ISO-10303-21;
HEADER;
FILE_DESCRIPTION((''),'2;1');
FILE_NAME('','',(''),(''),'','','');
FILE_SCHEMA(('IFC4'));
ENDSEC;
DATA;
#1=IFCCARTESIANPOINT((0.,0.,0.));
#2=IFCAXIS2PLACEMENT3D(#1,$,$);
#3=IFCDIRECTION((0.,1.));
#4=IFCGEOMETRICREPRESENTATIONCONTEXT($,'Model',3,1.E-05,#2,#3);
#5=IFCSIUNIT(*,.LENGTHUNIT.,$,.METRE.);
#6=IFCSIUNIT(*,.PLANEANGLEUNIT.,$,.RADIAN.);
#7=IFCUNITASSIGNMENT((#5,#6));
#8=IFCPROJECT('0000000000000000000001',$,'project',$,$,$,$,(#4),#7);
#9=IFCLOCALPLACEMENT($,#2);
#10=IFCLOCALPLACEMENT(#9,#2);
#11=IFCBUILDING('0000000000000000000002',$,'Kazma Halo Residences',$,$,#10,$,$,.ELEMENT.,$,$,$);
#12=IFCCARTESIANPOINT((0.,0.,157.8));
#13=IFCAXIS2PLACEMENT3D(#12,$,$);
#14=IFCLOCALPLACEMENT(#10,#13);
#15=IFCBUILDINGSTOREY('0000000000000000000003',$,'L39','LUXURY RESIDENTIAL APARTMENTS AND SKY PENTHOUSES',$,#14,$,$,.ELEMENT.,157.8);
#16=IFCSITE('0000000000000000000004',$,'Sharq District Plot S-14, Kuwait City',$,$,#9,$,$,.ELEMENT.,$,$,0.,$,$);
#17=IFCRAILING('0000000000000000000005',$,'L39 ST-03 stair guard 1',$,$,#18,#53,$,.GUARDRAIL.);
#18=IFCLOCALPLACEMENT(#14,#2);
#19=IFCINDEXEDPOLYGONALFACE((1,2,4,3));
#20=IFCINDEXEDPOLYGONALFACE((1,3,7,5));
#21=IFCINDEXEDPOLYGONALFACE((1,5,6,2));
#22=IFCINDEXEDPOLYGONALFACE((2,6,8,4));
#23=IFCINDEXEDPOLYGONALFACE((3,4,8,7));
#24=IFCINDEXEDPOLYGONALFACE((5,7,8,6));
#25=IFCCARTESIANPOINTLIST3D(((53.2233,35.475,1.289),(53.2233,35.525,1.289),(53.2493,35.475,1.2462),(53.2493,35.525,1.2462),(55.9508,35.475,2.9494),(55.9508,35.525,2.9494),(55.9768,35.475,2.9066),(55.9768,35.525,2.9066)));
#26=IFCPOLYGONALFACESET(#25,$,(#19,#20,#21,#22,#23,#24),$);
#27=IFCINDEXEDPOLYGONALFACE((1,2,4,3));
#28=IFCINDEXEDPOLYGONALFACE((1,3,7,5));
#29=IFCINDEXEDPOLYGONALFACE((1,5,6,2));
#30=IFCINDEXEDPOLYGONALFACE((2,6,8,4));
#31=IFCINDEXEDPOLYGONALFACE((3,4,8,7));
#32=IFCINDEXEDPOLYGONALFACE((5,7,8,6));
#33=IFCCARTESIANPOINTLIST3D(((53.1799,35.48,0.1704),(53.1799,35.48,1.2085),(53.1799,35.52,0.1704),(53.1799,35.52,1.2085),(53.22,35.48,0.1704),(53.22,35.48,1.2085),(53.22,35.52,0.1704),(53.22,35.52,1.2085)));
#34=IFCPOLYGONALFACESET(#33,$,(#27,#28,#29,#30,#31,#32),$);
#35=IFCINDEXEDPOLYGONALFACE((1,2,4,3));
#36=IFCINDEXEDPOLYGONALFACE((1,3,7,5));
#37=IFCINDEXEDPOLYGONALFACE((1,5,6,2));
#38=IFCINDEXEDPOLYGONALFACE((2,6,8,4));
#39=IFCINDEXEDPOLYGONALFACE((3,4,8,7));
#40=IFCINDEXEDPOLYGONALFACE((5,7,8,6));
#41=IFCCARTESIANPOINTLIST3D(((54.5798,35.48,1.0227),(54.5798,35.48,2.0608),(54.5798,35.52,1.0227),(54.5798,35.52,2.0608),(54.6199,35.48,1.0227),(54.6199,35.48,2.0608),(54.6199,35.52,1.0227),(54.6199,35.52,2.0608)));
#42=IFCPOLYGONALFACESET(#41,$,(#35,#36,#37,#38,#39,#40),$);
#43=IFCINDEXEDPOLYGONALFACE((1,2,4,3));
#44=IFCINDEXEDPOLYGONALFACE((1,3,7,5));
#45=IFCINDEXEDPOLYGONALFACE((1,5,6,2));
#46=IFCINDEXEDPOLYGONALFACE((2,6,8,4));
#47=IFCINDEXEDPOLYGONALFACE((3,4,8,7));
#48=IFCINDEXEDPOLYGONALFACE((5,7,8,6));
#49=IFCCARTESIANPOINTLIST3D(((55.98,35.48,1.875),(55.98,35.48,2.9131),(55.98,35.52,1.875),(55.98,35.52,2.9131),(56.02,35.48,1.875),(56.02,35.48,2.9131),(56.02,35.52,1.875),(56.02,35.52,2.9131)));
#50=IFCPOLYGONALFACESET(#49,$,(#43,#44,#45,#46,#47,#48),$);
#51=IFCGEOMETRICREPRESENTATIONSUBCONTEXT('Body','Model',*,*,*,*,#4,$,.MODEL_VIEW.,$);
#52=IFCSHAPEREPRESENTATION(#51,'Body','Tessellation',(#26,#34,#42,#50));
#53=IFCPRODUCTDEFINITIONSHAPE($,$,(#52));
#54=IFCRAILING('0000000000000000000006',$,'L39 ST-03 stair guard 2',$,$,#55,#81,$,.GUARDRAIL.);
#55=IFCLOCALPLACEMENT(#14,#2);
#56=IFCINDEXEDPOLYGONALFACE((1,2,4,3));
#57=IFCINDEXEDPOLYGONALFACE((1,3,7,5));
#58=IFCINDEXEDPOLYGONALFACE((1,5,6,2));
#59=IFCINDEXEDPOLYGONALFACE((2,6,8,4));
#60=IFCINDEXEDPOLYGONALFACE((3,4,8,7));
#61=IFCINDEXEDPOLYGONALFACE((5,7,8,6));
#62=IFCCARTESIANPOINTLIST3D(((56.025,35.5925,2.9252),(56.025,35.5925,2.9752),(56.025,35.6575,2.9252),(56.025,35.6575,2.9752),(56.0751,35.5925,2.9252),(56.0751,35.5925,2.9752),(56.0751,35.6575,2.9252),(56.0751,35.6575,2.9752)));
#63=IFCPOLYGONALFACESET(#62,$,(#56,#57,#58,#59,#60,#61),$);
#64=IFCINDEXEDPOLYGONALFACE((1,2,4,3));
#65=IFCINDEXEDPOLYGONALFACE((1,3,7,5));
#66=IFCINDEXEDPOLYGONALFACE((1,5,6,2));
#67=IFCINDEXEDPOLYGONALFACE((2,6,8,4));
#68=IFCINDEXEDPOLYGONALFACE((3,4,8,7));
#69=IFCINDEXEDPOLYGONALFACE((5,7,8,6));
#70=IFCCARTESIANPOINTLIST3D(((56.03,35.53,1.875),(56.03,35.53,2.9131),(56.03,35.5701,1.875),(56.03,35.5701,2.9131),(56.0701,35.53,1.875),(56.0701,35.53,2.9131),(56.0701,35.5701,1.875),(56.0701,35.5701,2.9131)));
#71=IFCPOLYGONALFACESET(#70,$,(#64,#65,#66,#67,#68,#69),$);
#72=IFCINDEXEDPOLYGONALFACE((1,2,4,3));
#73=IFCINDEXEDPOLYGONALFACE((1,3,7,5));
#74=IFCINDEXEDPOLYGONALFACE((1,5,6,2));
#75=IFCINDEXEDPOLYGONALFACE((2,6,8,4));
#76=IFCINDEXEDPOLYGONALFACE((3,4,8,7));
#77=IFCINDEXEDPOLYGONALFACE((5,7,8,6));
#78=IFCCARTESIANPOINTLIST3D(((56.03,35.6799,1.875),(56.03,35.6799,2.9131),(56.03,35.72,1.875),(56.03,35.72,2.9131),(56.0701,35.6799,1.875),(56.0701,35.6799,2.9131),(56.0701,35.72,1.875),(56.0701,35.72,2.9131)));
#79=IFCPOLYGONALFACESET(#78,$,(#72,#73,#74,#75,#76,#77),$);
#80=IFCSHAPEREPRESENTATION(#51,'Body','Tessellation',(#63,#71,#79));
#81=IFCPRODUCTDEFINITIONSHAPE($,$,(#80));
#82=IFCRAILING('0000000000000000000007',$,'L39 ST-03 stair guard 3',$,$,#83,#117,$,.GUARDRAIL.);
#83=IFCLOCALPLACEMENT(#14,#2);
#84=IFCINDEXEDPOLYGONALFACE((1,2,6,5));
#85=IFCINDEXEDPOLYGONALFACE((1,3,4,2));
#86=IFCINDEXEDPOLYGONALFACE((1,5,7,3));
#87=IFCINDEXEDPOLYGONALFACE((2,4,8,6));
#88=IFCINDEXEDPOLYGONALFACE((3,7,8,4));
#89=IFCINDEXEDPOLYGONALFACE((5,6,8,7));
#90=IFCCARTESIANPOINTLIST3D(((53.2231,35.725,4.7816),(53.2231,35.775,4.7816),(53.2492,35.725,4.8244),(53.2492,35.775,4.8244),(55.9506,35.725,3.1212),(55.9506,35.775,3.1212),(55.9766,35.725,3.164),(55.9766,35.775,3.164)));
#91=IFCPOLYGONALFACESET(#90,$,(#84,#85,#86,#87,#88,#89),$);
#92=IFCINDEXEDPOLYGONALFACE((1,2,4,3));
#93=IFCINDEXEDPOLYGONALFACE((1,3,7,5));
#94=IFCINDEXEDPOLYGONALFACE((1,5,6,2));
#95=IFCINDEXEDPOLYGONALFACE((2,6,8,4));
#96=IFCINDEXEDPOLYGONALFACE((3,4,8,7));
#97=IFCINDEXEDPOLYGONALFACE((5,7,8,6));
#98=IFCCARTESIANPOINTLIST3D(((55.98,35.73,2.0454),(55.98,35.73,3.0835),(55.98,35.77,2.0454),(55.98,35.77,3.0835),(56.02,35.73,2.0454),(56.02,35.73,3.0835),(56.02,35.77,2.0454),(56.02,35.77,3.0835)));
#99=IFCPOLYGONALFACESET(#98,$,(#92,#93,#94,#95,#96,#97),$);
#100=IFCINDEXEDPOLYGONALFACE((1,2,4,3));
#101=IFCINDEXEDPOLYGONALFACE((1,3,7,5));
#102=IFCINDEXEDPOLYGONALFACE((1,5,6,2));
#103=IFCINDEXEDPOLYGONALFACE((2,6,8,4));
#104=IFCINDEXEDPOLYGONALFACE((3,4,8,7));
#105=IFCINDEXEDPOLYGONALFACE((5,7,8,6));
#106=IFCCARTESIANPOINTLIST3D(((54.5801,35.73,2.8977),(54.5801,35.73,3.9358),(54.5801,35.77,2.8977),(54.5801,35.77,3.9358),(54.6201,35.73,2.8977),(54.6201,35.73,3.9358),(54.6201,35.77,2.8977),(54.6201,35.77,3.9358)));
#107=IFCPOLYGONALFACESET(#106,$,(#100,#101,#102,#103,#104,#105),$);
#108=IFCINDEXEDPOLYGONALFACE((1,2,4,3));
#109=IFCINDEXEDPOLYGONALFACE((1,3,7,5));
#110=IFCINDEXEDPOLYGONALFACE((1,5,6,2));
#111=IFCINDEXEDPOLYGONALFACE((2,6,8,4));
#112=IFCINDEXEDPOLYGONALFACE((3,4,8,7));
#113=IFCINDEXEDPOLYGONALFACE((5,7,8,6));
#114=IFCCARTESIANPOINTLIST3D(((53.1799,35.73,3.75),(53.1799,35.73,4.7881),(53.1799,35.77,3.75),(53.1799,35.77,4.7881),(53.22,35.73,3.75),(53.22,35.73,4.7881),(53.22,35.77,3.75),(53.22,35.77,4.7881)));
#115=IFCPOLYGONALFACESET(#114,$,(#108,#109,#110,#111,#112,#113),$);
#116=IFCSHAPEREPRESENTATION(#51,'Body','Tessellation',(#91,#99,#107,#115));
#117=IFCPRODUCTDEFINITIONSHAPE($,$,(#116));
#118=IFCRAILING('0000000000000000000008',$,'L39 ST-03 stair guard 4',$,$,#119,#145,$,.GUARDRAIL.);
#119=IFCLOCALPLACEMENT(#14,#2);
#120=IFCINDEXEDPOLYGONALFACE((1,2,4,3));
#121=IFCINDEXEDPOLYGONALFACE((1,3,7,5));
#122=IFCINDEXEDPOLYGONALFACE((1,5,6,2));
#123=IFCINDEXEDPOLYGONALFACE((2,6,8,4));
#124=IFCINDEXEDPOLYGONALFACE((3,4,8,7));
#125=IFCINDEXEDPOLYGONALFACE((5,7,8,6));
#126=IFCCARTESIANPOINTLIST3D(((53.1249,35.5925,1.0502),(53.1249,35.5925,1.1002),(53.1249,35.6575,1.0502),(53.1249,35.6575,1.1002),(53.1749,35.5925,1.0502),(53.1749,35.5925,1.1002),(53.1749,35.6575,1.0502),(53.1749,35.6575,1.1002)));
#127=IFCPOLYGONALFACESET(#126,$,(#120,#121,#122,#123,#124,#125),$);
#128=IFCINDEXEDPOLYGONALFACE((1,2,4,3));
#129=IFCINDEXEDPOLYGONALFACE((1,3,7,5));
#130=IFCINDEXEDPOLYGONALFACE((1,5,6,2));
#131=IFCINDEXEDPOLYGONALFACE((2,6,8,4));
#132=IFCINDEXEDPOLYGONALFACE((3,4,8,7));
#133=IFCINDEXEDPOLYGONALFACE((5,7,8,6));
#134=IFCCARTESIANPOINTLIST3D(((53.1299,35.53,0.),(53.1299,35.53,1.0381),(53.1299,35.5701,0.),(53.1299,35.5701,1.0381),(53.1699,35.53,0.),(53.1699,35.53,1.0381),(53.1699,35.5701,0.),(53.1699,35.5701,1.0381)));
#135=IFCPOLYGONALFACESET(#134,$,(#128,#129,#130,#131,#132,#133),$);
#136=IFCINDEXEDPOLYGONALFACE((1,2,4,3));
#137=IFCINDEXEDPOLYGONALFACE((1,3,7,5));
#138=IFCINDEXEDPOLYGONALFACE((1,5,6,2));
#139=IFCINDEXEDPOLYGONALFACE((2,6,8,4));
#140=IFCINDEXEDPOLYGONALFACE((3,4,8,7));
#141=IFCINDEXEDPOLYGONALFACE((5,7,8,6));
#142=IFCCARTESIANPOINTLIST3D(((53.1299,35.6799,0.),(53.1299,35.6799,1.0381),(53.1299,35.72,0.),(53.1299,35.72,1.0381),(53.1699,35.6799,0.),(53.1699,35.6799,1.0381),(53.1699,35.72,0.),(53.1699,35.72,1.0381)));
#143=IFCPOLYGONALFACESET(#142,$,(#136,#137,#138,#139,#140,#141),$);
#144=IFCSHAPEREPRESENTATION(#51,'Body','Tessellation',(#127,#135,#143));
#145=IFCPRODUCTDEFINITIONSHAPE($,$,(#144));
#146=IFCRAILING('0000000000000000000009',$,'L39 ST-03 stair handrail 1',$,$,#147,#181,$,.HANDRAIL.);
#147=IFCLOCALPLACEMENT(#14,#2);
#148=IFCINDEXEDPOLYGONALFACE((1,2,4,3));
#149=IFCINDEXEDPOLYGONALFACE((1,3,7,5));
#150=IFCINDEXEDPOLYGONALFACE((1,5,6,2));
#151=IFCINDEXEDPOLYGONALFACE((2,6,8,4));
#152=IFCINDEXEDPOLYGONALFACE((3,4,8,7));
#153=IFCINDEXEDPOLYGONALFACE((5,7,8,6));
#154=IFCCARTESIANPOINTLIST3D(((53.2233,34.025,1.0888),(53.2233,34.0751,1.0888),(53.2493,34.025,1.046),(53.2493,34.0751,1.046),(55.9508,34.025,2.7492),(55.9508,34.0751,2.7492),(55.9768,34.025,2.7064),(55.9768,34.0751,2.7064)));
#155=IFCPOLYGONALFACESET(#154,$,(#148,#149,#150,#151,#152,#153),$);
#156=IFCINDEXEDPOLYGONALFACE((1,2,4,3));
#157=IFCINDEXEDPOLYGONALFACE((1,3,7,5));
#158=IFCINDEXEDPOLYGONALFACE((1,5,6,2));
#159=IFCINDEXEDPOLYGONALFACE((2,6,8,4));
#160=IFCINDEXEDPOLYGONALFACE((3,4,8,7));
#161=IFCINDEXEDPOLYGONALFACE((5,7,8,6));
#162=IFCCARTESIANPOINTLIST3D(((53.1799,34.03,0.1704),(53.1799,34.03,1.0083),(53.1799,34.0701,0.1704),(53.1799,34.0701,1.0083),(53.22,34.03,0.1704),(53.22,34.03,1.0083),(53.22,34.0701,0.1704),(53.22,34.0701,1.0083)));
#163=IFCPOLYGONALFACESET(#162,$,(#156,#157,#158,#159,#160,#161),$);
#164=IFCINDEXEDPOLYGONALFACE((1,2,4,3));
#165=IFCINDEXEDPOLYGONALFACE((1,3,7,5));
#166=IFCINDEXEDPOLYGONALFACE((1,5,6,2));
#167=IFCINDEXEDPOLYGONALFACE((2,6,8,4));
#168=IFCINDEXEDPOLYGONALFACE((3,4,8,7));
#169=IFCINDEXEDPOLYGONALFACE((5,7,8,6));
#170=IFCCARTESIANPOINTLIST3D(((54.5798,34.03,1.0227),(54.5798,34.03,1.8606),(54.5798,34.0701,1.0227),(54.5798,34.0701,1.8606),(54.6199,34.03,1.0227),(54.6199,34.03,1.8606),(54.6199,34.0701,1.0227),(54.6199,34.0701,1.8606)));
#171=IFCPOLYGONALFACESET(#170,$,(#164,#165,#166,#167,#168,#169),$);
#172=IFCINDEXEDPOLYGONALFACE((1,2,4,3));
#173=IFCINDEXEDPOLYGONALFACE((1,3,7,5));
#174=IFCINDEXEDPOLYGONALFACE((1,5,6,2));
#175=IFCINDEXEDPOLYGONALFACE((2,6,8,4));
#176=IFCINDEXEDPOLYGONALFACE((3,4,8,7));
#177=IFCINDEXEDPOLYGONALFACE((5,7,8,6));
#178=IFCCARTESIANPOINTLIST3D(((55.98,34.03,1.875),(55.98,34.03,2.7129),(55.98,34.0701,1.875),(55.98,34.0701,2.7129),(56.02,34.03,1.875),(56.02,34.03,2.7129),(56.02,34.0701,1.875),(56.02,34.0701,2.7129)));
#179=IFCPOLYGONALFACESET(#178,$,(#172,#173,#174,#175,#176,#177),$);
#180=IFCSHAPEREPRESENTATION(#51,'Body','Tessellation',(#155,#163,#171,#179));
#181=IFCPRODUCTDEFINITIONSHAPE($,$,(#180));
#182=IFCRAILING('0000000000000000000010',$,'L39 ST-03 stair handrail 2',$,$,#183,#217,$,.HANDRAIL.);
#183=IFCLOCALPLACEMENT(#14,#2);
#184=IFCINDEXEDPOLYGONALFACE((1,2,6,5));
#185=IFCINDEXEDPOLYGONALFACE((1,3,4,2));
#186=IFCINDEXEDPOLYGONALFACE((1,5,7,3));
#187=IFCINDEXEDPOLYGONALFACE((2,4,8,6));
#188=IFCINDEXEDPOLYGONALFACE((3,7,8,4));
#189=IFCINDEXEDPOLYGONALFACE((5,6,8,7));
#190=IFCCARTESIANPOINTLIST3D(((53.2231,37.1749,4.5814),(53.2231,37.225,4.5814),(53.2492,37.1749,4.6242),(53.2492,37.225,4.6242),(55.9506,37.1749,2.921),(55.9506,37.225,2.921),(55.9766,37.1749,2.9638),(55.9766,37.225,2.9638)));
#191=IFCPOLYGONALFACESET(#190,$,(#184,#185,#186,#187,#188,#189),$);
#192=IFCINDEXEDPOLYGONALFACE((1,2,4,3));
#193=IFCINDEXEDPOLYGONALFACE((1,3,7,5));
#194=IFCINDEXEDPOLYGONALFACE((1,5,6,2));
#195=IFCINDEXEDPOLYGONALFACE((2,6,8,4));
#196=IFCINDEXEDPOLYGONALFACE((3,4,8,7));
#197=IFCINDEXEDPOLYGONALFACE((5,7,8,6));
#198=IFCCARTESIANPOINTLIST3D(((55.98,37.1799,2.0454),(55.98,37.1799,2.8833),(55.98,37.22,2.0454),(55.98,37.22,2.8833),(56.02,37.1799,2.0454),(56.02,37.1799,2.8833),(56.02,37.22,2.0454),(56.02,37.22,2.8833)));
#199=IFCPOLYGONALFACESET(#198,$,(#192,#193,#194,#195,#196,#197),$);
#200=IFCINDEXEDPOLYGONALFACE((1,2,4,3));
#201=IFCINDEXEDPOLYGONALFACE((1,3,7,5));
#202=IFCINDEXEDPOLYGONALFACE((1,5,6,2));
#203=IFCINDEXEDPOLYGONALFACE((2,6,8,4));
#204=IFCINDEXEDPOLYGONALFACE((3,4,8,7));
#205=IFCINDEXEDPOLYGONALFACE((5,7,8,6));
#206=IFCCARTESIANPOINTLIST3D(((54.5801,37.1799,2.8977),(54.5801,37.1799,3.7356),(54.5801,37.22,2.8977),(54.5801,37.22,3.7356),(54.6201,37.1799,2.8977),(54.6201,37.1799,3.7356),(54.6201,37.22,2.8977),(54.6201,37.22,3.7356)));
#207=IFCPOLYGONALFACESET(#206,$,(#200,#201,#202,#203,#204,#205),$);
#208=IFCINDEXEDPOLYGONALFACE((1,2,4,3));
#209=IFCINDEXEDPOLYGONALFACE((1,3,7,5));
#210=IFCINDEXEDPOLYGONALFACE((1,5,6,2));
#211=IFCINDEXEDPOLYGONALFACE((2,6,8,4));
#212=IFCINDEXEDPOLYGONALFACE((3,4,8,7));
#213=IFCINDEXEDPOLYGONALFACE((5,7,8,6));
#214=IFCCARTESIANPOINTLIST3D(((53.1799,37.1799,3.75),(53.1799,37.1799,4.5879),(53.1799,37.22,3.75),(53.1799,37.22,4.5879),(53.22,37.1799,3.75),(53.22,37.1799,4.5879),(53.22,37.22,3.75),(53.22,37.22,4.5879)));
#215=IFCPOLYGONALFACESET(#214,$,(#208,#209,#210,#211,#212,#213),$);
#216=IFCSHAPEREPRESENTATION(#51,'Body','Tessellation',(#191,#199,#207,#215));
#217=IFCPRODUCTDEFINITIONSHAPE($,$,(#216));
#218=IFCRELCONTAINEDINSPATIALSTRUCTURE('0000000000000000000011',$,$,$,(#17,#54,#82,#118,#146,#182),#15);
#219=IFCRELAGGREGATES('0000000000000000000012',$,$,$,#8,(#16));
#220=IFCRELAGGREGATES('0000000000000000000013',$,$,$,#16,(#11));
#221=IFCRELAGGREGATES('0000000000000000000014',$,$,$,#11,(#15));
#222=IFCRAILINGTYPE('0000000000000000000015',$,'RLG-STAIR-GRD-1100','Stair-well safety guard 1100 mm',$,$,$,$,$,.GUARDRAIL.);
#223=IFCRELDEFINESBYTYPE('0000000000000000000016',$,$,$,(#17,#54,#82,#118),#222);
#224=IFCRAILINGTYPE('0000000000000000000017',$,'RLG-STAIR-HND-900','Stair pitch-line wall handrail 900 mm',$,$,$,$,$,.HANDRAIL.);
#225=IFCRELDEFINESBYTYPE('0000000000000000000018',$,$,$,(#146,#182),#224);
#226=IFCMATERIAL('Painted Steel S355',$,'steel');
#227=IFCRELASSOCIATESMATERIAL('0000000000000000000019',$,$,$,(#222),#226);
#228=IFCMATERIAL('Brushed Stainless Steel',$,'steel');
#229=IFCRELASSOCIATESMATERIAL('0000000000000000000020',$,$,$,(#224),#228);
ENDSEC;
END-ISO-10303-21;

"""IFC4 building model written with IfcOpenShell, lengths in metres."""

from ifc_helpers import new_model, si_unit, direction, frame, origin, origin_2d, place, context, subcontext, project, spatial, rectangle, extrude, material, type_object, element, save


model = new_model("IFC4")

# Units and contexts
model_context = context("Model", 3, precision=1e-05, world=origin(), true_north=direction((0.0, 1.0)))
body_context = subcontext(model_context, "Body", "Model", "MODEL_VIEW")
ifc_project = project(units=[si_unit("LENGTHUNIT", "METRE"), si_unit("PLANEANGLEUNIT", "RADIAN")], contexts=[model_context])

# Site, building, storey
site_placement = place(None, origin())
site = spatial("IfcSite", under=ifc_project, at=site_placement, Name="Sharq District Plot S-14, Kuwait City", CompositionType="ELEMENT", RefElevation=0.0)
building_placement = place(site_placement, origin())
building = spatial("IfcBuilding", under=site, at=building_placement, Name="Kazma Halo Residences", CompositionType="ELEMENT")
storey_placement = place(building_placement, frame((0.0, 0.0, 157.8)))
storey = spatial("IfcBuildingStorey", under=building, at=storey_placement, Name="L39", Description="LUXURY RESIDENTIAL APARTMENTS AND SKY PENTHOUSES", CompositionType="ELEMENT", Elevation=157.8)

# Railings
ifc_material_1 = material(Name="Painted Steel S355", Category="steel")
railing_type_1 = type_object("IfcRailingType", Name="RLG-STAIR-GRD-1100", Description="Stair-well safety guard 1100 mm", PredefinedType="GUARDRAIL", material=ifc_material_1)
railing_1_placement = place(storey_placement, frame((53.2, 35.5, 0.1704)))
element("IfcRailing", 1, at=railing_1_placement, inside=storey, type_object=railing_type_1, Name="L39 ST-03 stair guard 1", PredefinedType="GUARDRAIL", context=body_context, shape_type="SweptSolid", body=[
    extrude(rectangle(XDim=0.05, YDim=0.05, at=origin_2d()), frame((0.0364, 0.0, 1.0972), z_axis=(0.85417, 0.0, 0.519994), x_axis=(0.0, 1.0, 0.0)), (0.0, 0.0, 1.0), 3.1931),
    extrude(rectangle(XDim=0.04, YDim=0.04, at=origin_2d()), origin(), (0.0, 0.0, 1.0), 1.0381),
    extrude(rectangle(XDim=0.04, YDim=0.04, at=origin_2d()), frame((1.3999, 0.0, 0.8523)), (0.0, 0.0, 1.0), 1.0381),
    extrude(rectangle(XDim=0.04, YDim=0.04, at=origin_2d()), frame((2.8, 0.0, 1.7046)), (0.0, 0.0, 1.0), 1.0381),
])
railing_2_placement = place(storey_placement, frame((56.05, 35.55, 1.875)))
element("IfcRailing", 2, at=railing_2_placement, inside=storey, type_object=railing_type_1, Name="L39 ST-03 stair guard 2", PredefinedType="GUARDRAIL", context=body_context, shape_type="SweptSolid", body=[
    extrude(rectangle(XDim=0.05, YDim=0.05, at=origin_2d()), frame((0.0, 0.0425, 1.0752), z_axis=(0.0, 1.0, 0.0), x_axis=(-1.0, 0.0, 0.0)), (0.0, 0.0, 1.0), 0.0649),
    extrude(rectangle(XDim=0.04, YDim=0.04, at=origin_2d()), origin(), (0.0, 0.0, 1.0), 1.0381),
    extrude(rectangle(XDim=0.04, YDim=0.04, at=origin_2d()), frame((0.0, 0.1499, 0.0)), (0.0, 0.0, 1.0), 1.0381),
])
railing_3_placement = place(storey_placement, frame((56.0, 35.75, 2.0454)))
element("IfcRailing", 3, at=railing_3_placement, inside=storey, type_object=railing_type_1, Name="L39 ST-03 stair guard 3", PredefinedType="GUARDRAIL", context=body_context, shape_type="SweptSolid", body=[
    extrude(rectangle(XDim=0.05, YDim=0.05, at=origin_2d()), frame((-0.0364, 0.0, 1.0972), z_axis=(-0.85417, 0.0, 0.519994), x_axis=(0.0, -1.0, 0.0)), (0.0, 0.0, 1.0), 3.1931),
    extrude(rectangle(XDim=0.04, YDim=0.04, at=origin_2d()), origin(), (0.0, 0.0, 1.0), 1.0381),
    extrude(rectangle(XDim=0.04, YDim=0.04, at=origin_2d()), frame((-1.3999, 0.0, 0.8523)), (0.0, 0.0, 1.0), 1.0381),
    extrude(rectangle(XDim=0.04, YDim=0.04, at=origin_2d()), frame((-2.8, 0.0, 1.7046)), (0.0, 0.0, 1.0), 1.0381),
])
railing_4_placement = place(storey_placement, frame((53.1499, 35.55, 0.0)))
element("IfcRailing", 4, at=railing_4_placement, inside=storey, type_object=railing_type_1, Name="L39 ST-03 stair guard 4", PredefinedType="GUARDRAIL", context=body_context, shape_type="SweptSolid", body=[
    extrude(rectangle(XDim=0.05, YDim=0.05, at=origin_2d()), frame((0.0, 0.0425, 1.0752), z_axis=(0.0, 1.0, 0.0), x_axis=(-1.0, 0.0, 0.0)), (0.0, 0.0, 1.0), 0.0649),
    extrude(rectangle(XDim=0.04, YDim=0.04, at=origin_2d()), origin(), (0.0, 0.0, 1.0), 1.0381),
    extrude(rectangle(XDim=0.04, YDim=0.04, at=origin_2d()), frame((0.0, 0.1499, 0.0)), (0.0, 0.0, 1.0), 1.0381),
])
ifc_material_2 = material(Name="Brushed Stainless Steel", Category="steel")
railing_type_2 = type_object("IfcRailingType", Name="RLG-STAIR-HND-900", Description="Stair pitch-line wall handrail 900 mm", PredefinedType="HANDRAIL", material=ifc_material_2)
railing_5_placement = place(storey_placement, frame((53.2, 34.05, 0.1704)))
element("IfcRailing", 5, at=railing_5_placement, inside=storey, type_object=railing_type_2, Name="L39 ST-03 stair handrail 1", PredefinedType="HANDRAIL", context=body_context, shape_type="SweptSolid", body=[
    extrude(rectangle(XDim=0.05, YDim=0.05, at=origin_2d()), frame((0.0364, 0.0, 0.897), z_axis=(0.85417, 0.0, 0.519994), x_axis=(0.0, 1.0, 0.0)), (0.0, 0.0, 1.0), 3.1931),
    extrude(rectangle(XDim=0.04, YDim=0.04, at=origin_2d()), origin(), (0.0, 0.0, 1.0), 0.8379),
    extrude(rectangle(XDim=0.04, YDim=0.04, at=origin_2d()), frame((1.3999, 0.0, 0.8523)), (0.0, 0.0, 1.0), 0.8379),
    extrude(rectangle(XDim=0.04, YDim=0.04, at=origin_2d()), frame((2.8, 0.0, 1.7046)), (0.0, 0.0, 1.0), 0.8379),
])
railing_6_placement = place(storey_placement, frame((56.0, 37.2, 2.0454)))
element("IfcRailing", 6, at=railing_6_placement, inside=storey, type_object=railing_type_2, Name="L39 ST-03 stair handrail 2", PredefinedType="HANDRAIL", context=body_context, shape_type="SweptSolid", body=[
    extrude(rectangle(XDim=0.05, YDim=0.05, at=origin_2d()), frame((-0.0364, 0.0, 0.897), z_axis=(-0.85417, 0.0, 0.519994), x_axis=(0.0, -1.0, 0.0)), (0.0, 0.0, 1.0), 3.1931),
    extrude(rectangle(XDim=0.04, YDim=0.04, at=origin_2d()), origin(), (0.0, 0.0, 1.0), 0.8379),
    extrude(rectangle(XDim=0.04, YDim=0.04, at=origin_2d()), frame((-1.3999, 0.0, 0.8523)), (0.0, 0.0, 1.0), 0.8379),
    extrude(rectangle(XDim=0.04, YDim=0.04, at=origin_2d()), frame((-2.8, 0.0, 1.7046)), (0.0, 0.0, 1.0), 0.8379),
])

save(model, "model.ifc")
